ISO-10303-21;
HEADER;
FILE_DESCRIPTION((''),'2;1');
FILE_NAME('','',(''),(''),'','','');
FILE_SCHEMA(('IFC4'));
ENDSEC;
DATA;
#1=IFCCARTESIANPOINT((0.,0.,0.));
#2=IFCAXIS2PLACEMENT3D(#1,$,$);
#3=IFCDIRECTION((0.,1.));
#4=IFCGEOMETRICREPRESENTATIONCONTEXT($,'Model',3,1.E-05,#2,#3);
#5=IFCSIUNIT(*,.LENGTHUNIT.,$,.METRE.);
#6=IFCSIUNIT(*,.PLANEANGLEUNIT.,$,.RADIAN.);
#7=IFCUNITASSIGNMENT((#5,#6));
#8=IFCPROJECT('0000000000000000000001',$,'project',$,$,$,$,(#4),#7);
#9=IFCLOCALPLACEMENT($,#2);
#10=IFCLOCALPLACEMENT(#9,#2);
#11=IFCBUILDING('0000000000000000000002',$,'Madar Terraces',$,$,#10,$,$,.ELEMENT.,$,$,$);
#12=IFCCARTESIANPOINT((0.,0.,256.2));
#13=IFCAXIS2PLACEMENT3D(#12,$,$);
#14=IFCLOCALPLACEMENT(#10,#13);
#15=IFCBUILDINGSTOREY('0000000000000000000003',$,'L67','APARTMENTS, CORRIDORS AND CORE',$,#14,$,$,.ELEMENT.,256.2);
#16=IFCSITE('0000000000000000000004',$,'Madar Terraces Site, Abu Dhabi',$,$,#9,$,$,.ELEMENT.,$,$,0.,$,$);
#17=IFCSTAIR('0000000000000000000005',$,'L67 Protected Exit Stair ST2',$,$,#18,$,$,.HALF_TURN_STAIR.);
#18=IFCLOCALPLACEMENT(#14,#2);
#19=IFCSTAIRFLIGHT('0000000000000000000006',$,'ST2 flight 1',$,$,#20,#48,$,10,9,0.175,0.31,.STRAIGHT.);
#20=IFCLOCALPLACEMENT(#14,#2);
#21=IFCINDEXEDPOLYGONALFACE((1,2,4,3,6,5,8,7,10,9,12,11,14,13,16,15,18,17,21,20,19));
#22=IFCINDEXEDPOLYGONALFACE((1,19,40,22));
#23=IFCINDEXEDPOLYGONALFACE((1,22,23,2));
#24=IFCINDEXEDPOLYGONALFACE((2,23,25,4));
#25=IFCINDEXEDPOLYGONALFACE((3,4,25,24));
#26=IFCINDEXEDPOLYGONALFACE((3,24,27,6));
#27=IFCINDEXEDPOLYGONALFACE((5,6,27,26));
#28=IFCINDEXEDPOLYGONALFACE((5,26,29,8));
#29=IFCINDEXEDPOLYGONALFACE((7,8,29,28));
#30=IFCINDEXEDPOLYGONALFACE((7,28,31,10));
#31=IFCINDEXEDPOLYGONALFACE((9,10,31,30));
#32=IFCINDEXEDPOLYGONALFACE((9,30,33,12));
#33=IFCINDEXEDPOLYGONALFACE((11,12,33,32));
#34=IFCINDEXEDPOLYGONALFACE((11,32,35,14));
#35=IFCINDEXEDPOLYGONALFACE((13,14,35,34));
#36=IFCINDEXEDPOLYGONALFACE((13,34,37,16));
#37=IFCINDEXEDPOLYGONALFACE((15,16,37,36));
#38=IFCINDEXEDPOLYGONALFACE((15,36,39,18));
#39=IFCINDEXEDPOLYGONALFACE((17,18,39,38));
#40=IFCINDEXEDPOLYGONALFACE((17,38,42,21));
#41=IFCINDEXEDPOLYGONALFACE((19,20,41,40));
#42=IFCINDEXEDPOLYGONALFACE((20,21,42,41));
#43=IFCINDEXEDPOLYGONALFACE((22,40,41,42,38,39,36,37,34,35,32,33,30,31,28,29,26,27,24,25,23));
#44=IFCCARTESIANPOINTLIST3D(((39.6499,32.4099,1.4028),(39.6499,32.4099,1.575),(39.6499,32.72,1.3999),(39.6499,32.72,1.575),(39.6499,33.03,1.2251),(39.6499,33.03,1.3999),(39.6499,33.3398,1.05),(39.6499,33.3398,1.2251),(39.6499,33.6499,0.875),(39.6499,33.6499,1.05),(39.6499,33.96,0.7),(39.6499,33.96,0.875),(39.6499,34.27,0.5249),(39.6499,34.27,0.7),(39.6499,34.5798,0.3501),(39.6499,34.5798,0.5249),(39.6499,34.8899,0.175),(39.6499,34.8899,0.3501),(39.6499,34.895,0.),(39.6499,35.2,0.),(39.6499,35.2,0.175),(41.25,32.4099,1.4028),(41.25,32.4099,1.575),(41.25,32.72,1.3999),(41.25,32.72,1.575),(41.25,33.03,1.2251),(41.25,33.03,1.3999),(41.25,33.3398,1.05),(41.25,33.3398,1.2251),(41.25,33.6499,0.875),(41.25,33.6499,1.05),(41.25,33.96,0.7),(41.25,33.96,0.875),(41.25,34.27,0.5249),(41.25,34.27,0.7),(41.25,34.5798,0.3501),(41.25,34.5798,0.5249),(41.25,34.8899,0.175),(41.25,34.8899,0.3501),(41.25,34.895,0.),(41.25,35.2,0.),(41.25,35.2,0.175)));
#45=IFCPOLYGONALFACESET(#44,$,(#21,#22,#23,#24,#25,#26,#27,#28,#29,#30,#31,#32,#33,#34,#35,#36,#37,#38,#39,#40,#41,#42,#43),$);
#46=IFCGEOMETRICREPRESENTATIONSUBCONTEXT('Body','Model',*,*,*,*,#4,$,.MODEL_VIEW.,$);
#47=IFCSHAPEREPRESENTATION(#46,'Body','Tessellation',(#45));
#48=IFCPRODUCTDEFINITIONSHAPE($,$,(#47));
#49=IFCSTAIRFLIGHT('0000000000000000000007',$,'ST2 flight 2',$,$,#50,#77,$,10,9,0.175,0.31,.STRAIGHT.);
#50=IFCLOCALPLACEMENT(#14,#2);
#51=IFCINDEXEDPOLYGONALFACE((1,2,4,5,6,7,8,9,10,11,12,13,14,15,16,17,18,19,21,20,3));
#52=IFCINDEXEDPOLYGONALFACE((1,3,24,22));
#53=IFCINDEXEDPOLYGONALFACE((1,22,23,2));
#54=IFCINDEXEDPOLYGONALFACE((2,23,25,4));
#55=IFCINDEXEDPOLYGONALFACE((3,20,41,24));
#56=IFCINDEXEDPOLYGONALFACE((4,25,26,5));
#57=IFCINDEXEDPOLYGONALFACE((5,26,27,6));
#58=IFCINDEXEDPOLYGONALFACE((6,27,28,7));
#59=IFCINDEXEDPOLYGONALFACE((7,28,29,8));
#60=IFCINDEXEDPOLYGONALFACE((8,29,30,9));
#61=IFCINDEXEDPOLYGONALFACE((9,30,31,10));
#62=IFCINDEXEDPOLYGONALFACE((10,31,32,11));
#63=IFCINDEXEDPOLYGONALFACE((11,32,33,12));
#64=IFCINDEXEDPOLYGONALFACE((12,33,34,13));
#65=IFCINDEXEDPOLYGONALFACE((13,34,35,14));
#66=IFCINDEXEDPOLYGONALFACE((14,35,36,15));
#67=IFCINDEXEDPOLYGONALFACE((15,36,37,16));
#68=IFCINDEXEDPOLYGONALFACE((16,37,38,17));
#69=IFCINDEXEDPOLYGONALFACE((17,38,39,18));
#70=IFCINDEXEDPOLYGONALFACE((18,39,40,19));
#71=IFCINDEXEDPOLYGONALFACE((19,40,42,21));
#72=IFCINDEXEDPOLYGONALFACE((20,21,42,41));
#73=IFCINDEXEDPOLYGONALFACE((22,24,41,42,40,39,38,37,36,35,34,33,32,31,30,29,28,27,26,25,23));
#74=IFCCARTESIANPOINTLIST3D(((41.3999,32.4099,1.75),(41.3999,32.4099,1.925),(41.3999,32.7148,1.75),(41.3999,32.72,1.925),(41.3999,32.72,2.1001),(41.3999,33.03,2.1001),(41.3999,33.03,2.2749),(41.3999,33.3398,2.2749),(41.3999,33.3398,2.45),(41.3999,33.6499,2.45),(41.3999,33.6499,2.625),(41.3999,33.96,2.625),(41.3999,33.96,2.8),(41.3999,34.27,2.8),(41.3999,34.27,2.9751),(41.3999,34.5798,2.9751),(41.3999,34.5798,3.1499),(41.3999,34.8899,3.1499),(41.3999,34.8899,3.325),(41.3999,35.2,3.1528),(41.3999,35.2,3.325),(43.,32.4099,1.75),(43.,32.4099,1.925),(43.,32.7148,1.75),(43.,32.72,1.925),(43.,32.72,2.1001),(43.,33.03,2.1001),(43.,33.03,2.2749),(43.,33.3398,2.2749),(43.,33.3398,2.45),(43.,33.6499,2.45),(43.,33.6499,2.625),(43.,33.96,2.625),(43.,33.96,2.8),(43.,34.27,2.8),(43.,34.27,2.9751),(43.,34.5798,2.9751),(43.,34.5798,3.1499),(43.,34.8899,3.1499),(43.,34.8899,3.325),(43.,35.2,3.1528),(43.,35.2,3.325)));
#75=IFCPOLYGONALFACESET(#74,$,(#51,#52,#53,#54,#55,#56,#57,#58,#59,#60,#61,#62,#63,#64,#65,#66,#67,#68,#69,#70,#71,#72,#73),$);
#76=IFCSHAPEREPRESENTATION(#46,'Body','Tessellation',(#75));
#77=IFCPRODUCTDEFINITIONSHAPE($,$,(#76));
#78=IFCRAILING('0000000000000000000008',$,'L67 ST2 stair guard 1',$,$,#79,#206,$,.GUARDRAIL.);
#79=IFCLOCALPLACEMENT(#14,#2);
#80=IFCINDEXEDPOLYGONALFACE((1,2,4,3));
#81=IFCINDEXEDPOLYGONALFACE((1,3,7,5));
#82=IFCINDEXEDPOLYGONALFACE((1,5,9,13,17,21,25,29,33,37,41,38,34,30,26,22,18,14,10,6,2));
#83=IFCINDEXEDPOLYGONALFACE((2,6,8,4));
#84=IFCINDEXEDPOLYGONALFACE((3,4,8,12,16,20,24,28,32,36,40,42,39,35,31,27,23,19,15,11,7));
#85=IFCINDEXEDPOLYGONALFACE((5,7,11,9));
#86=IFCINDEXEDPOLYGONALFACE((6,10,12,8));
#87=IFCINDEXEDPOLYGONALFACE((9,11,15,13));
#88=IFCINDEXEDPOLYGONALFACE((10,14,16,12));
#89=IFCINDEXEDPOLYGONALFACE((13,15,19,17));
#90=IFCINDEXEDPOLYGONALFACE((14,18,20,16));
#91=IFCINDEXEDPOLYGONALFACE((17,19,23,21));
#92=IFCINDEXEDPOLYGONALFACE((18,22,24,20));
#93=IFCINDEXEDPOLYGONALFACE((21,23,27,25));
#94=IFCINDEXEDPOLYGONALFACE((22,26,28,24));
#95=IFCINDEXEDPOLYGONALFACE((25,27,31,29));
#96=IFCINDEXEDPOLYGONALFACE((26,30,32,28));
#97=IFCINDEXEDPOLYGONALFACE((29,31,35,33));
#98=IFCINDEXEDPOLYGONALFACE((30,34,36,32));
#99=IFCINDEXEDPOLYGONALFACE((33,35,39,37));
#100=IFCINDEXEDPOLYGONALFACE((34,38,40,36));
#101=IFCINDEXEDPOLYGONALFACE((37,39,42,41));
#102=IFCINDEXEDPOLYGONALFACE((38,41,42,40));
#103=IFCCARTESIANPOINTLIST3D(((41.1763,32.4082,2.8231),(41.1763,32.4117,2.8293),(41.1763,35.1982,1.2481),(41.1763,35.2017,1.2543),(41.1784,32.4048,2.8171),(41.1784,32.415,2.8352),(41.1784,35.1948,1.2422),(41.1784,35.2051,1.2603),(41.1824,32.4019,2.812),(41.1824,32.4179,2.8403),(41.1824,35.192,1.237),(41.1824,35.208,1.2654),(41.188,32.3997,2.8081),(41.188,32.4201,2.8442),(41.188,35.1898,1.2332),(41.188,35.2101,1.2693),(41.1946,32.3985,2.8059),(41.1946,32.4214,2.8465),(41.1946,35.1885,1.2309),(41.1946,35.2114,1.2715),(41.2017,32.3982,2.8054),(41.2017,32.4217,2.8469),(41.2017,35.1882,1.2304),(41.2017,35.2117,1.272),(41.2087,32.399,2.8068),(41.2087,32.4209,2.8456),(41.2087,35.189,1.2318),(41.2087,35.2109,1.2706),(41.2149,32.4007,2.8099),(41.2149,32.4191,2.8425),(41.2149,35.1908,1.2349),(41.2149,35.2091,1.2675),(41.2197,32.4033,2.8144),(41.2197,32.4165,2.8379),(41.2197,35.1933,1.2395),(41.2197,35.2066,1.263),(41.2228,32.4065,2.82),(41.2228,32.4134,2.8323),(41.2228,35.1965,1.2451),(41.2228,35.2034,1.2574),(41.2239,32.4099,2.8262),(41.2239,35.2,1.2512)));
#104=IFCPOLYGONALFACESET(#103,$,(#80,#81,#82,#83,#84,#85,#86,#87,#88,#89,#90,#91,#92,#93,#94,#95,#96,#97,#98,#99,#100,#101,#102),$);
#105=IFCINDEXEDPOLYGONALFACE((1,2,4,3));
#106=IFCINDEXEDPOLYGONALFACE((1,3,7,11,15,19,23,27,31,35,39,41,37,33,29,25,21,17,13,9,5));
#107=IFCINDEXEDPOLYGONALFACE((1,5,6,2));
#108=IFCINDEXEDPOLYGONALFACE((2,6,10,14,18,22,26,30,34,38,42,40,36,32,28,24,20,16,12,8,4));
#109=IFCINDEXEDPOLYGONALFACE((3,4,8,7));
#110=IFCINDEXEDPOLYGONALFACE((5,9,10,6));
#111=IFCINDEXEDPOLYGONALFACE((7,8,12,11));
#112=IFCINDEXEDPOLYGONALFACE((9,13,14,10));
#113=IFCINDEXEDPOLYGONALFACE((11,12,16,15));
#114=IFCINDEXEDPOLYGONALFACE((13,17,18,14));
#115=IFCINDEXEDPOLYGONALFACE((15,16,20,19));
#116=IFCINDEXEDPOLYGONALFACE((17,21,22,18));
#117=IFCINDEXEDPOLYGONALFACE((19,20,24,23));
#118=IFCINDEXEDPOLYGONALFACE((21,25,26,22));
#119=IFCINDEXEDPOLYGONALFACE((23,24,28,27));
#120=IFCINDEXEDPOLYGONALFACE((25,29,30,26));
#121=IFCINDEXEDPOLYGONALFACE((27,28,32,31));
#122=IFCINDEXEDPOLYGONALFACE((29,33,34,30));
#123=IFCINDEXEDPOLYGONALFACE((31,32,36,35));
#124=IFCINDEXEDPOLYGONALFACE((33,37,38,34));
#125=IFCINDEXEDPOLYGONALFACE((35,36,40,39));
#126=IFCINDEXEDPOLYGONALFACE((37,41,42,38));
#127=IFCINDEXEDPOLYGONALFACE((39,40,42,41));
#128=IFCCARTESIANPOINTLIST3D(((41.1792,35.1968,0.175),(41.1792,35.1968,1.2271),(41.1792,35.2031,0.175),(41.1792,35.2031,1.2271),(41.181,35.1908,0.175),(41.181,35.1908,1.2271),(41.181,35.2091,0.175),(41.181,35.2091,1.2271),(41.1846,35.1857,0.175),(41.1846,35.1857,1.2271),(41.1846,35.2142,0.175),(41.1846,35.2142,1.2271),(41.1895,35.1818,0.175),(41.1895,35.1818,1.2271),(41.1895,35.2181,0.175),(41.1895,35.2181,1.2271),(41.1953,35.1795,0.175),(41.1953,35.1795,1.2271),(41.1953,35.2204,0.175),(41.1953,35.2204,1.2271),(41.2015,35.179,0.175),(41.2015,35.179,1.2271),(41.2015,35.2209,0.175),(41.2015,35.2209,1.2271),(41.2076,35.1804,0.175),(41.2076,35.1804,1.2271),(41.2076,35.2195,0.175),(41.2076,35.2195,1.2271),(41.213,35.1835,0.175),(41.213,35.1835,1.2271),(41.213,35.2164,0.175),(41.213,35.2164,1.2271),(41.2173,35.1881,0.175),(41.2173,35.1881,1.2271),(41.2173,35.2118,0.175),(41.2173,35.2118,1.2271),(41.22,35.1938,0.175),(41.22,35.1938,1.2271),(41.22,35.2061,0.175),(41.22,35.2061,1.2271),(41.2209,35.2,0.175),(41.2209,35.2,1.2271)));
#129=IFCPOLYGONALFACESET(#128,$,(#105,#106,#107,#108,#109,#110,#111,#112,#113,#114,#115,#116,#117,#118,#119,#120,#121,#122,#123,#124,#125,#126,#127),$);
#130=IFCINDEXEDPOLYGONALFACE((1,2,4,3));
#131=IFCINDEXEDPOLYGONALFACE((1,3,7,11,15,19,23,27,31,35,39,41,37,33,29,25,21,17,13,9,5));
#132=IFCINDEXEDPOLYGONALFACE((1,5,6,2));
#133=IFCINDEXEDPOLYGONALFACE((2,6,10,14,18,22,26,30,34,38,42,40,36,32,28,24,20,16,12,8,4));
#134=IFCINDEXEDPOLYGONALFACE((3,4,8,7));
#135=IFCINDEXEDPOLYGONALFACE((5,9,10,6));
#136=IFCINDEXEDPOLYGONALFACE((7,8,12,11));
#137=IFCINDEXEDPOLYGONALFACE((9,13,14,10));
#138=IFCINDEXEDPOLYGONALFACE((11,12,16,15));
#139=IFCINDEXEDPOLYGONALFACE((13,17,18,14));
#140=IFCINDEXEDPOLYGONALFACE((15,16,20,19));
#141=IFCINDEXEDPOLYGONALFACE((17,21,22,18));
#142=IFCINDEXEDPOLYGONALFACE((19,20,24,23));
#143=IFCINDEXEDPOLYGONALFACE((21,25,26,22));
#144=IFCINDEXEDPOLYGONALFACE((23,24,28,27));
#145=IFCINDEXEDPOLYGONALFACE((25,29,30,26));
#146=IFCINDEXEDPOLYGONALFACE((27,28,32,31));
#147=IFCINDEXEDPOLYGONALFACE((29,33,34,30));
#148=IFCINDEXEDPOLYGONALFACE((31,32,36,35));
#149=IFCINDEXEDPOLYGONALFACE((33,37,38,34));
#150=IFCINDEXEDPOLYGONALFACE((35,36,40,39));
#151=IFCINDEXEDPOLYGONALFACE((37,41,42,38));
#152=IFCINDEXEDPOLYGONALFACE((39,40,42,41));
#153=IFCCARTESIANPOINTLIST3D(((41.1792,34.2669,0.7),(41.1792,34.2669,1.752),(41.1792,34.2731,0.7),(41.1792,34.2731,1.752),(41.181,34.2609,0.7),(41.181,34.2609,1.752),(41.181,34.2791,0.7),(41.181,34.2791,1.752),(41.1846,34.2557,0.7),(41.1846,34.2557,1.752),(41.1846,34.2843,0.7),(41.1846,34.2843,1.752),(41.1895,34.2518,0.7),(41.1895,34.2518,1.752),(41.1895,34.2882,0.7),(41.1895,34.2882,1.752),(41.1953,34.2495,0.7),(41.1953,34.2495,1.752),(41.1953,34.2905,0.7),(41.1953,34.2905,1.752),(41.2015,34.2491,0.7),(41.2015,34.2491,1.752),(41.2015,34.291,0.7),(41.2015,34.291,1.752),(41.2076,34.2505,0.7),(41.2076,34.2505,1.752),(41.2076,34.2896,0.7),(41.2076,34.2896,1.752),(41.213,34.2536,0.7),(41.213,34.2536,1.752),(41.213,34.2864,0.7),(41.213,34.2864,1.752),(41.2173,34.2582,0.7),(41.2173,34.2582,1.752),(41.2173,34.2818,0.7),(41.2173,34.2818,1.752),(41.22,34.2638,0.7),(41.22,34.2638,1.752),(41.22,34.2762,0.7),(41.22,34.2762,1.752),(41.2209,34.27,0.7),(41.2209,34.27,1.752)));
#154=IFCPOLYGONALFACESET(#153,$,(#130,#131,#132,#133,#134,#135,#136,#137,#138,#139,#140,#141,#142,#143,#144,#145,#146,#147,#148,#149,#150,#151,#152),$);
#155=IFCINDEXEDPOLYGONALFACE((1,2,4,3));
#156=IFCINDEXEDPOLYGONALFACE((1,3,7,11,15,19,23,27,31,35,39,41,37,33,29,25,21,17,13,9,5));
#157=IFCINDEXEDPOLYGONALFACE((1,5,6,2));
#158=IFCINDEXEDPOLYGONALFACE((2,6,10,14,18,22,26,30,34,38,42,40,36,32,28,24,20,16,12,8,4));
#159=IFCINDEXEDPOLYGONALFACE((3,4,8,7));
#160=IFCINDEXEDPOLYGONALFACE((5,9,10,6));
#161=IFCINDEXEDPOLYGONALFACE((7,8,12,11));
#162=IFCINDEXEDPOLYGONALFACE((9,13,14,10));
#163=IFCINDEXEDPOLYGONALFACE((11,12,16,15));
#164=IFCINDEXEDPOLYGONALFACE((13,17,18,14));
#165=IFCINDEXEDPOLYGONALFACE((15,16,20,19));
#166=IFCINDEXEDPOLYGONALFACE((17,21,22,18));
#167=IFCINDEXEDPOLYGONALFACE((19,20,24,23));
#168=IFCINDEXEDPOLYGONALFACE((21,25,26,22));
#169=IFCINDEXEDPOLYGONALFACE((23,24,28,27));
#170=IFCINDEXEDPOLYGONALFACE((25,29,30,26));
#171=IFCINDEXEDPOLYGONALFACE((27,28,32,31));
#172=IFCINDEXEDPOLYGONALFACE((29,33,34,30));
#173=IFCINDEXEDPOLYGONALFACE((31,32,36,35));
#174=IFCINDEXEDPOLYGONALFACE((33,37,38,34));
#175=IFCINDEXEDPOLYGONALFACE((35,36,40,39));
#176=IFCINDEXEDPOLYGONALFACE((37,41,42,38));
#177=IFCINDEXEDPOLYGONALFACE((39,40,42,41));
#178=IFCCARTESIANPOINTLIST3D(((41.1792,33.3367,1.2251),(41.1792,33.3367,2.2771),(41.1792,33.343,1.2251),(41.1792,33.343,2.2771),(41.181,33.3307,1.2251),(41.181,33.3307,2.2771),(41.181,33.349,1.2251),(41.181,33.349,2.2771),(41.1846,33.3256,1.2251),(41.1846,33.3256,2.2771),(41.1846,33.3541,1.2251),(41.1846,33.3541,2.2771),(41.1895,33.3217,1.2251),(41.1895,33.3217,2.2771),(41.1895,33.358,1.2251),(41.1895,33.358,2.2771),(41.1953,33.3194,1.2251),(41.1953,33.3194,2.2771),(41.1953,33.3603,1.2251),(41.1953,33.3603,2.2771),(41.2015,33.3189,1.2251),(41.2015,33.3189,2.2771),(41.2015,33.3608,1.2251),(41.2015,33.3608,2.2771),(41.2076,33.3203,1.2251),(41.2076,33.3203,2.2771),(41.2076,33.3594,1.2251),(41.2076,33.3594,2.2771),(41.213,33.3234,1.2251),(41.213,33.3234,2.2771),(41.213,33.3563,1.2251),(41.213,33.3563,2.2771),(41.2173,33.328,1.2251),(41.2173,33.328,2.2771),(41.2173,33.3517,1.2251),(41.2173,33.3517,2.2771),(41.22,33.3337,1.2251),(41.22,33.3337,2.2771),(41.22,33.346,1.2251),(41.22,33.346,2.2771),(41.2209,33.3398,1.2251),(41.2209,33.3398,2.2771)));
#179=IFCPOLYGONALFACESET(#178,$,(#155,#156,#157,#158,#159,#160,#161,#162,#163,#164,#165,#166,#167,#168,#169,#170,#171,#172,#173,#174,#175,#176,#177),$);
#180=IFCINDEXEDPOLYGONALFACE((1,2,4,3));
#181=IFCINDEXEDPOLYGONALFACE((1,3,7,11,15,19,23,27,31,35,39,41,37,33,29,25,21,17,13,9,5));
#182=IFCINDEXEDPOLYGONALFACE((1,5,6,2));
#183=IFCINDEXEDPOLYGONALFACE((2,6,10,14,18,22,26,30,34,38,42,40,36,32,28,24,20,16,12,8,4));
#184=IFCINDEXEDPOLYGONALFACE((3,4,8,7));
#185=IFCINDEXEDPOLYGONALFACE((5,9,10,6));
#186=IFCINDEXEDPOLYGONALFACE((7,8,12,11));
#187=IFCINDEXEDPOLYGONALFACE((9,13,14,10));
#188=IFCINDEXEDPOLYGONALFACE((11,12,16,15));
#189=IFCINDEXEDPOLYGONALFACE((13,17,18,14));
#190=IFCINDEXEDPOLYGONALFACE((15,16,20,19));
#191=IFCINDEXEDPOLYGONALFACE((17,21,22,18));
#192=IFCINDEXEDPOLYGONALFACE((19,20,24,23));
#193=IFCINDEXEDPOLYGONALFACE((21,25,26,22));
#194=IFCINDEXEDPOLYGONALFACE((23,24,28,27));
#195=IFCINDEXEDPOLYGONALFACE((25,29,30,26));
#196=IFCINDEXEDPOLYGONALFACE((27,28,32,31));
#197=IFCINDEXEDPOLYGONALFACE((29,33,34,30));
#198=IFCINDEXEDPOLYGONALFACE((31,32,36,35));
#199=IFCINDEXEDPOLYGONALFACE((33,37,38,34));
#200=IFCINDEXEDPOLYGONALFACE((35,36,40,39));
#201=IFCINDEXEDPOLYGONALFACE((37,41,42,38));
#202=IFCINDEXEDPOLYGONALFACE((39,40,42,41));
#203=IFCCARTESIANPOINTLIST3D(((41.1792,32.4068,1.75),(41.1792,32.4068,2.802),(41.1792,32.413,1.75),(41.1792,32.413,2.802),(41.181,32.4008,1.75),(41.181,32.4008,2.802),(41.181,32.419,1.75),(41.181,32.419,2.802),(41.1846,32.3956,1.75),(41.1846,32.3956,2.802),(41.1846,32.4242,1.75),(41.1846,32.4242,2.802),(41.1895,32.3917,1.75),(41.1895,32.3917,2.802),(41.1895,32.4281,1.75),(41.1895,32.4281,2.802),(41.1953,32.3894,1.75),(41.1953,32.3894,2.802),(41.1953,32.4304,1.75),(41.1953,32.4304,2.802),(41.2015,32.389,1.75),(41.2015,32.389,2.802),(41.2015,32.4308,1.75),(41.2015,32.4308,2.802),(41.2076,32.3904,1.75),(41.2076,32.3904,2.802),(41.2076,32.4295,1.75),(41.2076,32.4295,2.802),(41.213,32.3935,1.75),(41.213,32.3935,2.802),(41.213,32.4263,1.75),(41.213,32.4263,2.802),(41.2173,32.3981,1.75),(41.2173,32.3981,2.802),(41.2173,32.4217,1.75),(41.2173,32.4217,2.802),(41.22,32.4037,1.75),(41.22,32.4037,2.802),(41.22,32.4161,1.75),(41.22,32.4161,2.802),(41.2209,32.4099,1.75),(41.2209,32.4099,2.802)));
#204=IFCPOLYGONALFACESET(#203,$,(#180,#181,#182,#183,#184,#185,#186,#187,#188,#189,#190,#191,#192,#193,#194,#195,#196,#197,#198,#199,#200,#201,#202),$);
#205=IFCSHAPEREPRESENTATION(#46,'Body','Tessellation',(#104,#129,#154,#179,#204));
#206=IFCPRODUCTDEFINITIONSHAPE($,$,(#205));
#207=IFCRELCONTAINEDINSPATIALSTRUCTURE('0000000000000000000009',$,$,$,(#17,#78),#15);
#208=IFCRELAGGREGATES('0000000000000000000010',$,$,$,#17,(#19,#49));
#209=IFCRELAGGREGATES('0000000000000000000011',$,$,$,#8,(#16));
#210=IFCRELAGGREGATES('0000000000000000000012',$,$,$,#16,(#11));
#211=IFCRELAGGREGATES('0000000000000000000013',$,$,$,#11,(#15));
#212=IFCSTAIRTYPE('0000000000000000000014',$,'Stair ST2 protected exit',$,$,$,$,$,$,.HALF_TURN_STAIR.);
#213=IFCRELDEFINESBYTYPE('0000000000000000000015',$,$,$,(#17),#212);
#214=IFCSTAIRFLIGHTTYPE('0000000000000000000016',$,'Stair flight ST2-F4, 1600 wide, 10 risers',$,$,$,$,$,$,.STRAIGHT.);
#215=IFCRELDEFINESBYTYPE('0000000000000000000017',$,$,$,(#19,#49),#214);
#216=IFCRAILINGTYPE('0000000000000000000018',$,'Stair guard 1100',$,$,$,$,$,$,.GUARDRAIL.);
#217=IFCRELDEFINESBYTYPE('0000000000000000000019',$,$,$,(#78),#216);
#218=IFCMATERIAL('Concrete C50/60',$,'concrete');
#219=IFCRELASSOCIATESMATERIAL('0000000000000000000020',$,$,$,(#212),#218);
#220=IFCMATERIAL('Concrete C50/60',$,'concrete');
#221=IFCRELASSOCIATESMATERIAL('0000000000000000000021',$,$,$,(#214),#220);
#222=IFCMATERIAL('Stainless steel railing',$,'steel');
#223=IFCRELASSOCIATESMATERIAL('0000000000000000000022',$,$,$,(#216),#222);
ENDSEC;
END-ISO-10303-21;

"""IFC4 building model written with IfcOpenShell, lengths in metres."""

from ifc_helpers import new_model, si_unit, direction, frame, origin, origin_2d, place, context, subcontext, project, spatial, polyline, circle, outline, extrude, material, type_object, element, aggregate, save


model = new_model("IFC4")

# Units and contexts
model_context = context("Model", 3, precision=1e-05, world=origin(), true_north=direction((0.0, 1.0)))
body_context = subcontext(model_context, "Body", "Model", "MODEL_VIEW")
ifc_project = project(units=[si_unit("LENGTHUNIT", "METRE"), si_unit("PLANEANGLEUNIT", "RADIAN")], contexts=[model_context])

# Site, building, storey
site_placement = place(None, origin())
site = spatial("IfcSite", under=ifc_project, at=site_placement, Name="Madar Terraces Site, Abu Dhabi", CompositionType="ELEMENT", RefElevation=0.0)
building_placement = place(site_placement, origin())
building = spatial("IfcBuilding", under=site, at=building_placement, Name="Madar Terraces", CompositionType="ELEMENT")
storey_placement = place(building_placement, frame((0.0, 0.0, 256.2)))
storey = spatial("IfcBuildingStorey", under=building, at=storey_placement, Name="L67", Description="APARTMENTS, CORRIDORS AND CORE", CompositionType="ELEMENT", Elevation=256.2)

# Stair, stair flights
ifc_material_1 = material(Name="Concrete C50/60", Category="concrete")
stair_type = type_object("IfcStairType", Name="Stair ST2 protected exit", PredefinedType="HALF_TURN_STAIR", material=ifc_material_1)
stair_placement = place(storey_placement, origin())
stair = element("IfcStair", 1, at=stair_placement, inside=storey, type_object=stair_type, Name="L67 Protected Exit Stair ST2", PredefinedType="HALF_TURN_STAIR")
ifc_material_2 = material(Name="Concrete C50/60", Category="concrete")
stair_flight_type = type_object("IfcStairFlightType", Name="Stair flight ST2-F4, 1600 wide, 10 risers", PredefinedType="STRAIGHT", material=ifc_material_2)
stair_flight_1_placement = place(storey_placement, frame((40.45, 35.2, 0.0), z_axis=(0.0, 0.0, 1.0), x_axis=(0.0, -1.0, 0.0)))
stair_flight_1 = element("IfcStairFlight", 2, at=stair_flight_1_placement, type_object=stair_flight_type, Name="ST2 flight 1", NumberOfRisers=10, NumberOfTreads=9, PredefinedType="STRAIGHT", RiserHeight=0.175, TreadLength=0.31, context=body_context, shape_type="SweptSolid", body=[
    extrude(outline(polyline([(0.0, 0.0), (0.0, 0.175), (0.3101, 0.175), (0.3101, 0.3501), (0.6201, 0.3501), (0.6201, 0.5249), (0.9299, 0.5249), (0.9299, 0.7), (1.24, 0.7), (1.24, 0.875), (1.55, 0.875), (1.55, 1.05), (1.8601, 1.05), (1.8601, 1.2251), (2.1699, 1.2251), (2.1699, 1.3999), (2.48, 1.3999), (2.48, 1.575), (2.79, 1.575), (2.79, 1.75), (2.79, 1.4028), (0.3049, 0.0), (0.0, 0.0)])), frame((0.0, 0.8, 0.0), z_axis=(0.0, -1.0, 0.0), x_axis=(1.0, 0.0, 0.0)), (0.0, 0.0, 1.0), 1.6001),
])
stair_flight_2_placement = place(storey_placement, frame((42.2, 32.4099, 1.75), z_axis=(0.0, 0.0, 1.0), x_axis=(0.0, 1.0, 0.0)))
stair_flight_2 = element("IfcStairFlight", 3, at=stair_flight_2_placement, type_object=stair_flight_type, Name="ST2 flight 2", NumberOfRisers=10, NumberOfTreads=9, PredefinedType="STRAIGHT", RiserHeight=0.175, TreadLength=0.31, context=body_context, shape_type="SweptSolid", body=[
    extrude(outline(polyline([(0.0, 0.0), (0.0, 0.175), (0.3101, 0.175), (0.3101, 0.3501), (0.6201, 0.3501), (0.6201, 0.5249), (0.9299, 0.5249), (0.9299, 0.7), (1.24, 0.7), (1.24, 0.875), (1.55, 0.875), (1.55, 1.05), (1.8601, 1.05), (1.8601, 1.2251), (2.1699, 1.2251), (2.1699, 1.3999), (2.48, 1.3999), (2.48, 1.575), (2.79, 1.575), (2.79, 1.75), (2.79, 1.4028), (0.3049, 0.0), (0.0, 0.0)])), frame((0.0, 0.8, 0.0), z_axis=(0.0, -1.0, 0.0), x_axis=(1.0, 0.0, 0.0)), (0.0, 0.0, 1.0), 1.6001),
])
aggregate(stair, [stair_flight_1, stair_flight_2])

# Railing
ifc_material_3 = material(Name="Stainless steel railing", Category="steel")
railing_type_1 = type_object("IfcRailingType", Name="Stair guard 1100", PredefinedType="GUARDRAIL", material=ifc_material_3)
railing_1_placement = place(storey_placement, frame((41.2, 35.2, 0.175)))
element("IfcRailing", 4, at=railing_1_placement, inside=storey, type_object=railing_type_1, Name="L67 ST2 stair guard 1", PredefinedType="GUARDRAIL", context=body_context, shape_type="SweptSolid", body=[
    extrude(circle(Radius=0.0239, at=origin_2d()), frame((0.0, 0.0, 1.0762), z_axis=(0.0, -0.870834, 0.491578), x_axis=(1.0, 0.0, 0.0)), (0.0, 0.0, 1.0), 3.2039),
    extrude(circle(Radius=0.021, at=origin_2d()), origin(), (0.0, 0.0, 1.0), 1.052),
    extrude(circle(Radius=0.021, at=origin_2d()), frame((0.0, -0.9299, 0.5249)), (0.0, 0.0, 1.0), 1.052),
    extrude(circle(Radius=0.021, at=origin_2d()), frame((0.0, -1.8601, 1.05)), (0.0, 0.0, 1.0), 1.052),
    extrude(circle(Radius=0.021, at=origin_2d()), frame((0.0, -2.79, 1.575)), (0.0, 0.0, 1.0), 1.052),
])

save(model, "model.ifc")
